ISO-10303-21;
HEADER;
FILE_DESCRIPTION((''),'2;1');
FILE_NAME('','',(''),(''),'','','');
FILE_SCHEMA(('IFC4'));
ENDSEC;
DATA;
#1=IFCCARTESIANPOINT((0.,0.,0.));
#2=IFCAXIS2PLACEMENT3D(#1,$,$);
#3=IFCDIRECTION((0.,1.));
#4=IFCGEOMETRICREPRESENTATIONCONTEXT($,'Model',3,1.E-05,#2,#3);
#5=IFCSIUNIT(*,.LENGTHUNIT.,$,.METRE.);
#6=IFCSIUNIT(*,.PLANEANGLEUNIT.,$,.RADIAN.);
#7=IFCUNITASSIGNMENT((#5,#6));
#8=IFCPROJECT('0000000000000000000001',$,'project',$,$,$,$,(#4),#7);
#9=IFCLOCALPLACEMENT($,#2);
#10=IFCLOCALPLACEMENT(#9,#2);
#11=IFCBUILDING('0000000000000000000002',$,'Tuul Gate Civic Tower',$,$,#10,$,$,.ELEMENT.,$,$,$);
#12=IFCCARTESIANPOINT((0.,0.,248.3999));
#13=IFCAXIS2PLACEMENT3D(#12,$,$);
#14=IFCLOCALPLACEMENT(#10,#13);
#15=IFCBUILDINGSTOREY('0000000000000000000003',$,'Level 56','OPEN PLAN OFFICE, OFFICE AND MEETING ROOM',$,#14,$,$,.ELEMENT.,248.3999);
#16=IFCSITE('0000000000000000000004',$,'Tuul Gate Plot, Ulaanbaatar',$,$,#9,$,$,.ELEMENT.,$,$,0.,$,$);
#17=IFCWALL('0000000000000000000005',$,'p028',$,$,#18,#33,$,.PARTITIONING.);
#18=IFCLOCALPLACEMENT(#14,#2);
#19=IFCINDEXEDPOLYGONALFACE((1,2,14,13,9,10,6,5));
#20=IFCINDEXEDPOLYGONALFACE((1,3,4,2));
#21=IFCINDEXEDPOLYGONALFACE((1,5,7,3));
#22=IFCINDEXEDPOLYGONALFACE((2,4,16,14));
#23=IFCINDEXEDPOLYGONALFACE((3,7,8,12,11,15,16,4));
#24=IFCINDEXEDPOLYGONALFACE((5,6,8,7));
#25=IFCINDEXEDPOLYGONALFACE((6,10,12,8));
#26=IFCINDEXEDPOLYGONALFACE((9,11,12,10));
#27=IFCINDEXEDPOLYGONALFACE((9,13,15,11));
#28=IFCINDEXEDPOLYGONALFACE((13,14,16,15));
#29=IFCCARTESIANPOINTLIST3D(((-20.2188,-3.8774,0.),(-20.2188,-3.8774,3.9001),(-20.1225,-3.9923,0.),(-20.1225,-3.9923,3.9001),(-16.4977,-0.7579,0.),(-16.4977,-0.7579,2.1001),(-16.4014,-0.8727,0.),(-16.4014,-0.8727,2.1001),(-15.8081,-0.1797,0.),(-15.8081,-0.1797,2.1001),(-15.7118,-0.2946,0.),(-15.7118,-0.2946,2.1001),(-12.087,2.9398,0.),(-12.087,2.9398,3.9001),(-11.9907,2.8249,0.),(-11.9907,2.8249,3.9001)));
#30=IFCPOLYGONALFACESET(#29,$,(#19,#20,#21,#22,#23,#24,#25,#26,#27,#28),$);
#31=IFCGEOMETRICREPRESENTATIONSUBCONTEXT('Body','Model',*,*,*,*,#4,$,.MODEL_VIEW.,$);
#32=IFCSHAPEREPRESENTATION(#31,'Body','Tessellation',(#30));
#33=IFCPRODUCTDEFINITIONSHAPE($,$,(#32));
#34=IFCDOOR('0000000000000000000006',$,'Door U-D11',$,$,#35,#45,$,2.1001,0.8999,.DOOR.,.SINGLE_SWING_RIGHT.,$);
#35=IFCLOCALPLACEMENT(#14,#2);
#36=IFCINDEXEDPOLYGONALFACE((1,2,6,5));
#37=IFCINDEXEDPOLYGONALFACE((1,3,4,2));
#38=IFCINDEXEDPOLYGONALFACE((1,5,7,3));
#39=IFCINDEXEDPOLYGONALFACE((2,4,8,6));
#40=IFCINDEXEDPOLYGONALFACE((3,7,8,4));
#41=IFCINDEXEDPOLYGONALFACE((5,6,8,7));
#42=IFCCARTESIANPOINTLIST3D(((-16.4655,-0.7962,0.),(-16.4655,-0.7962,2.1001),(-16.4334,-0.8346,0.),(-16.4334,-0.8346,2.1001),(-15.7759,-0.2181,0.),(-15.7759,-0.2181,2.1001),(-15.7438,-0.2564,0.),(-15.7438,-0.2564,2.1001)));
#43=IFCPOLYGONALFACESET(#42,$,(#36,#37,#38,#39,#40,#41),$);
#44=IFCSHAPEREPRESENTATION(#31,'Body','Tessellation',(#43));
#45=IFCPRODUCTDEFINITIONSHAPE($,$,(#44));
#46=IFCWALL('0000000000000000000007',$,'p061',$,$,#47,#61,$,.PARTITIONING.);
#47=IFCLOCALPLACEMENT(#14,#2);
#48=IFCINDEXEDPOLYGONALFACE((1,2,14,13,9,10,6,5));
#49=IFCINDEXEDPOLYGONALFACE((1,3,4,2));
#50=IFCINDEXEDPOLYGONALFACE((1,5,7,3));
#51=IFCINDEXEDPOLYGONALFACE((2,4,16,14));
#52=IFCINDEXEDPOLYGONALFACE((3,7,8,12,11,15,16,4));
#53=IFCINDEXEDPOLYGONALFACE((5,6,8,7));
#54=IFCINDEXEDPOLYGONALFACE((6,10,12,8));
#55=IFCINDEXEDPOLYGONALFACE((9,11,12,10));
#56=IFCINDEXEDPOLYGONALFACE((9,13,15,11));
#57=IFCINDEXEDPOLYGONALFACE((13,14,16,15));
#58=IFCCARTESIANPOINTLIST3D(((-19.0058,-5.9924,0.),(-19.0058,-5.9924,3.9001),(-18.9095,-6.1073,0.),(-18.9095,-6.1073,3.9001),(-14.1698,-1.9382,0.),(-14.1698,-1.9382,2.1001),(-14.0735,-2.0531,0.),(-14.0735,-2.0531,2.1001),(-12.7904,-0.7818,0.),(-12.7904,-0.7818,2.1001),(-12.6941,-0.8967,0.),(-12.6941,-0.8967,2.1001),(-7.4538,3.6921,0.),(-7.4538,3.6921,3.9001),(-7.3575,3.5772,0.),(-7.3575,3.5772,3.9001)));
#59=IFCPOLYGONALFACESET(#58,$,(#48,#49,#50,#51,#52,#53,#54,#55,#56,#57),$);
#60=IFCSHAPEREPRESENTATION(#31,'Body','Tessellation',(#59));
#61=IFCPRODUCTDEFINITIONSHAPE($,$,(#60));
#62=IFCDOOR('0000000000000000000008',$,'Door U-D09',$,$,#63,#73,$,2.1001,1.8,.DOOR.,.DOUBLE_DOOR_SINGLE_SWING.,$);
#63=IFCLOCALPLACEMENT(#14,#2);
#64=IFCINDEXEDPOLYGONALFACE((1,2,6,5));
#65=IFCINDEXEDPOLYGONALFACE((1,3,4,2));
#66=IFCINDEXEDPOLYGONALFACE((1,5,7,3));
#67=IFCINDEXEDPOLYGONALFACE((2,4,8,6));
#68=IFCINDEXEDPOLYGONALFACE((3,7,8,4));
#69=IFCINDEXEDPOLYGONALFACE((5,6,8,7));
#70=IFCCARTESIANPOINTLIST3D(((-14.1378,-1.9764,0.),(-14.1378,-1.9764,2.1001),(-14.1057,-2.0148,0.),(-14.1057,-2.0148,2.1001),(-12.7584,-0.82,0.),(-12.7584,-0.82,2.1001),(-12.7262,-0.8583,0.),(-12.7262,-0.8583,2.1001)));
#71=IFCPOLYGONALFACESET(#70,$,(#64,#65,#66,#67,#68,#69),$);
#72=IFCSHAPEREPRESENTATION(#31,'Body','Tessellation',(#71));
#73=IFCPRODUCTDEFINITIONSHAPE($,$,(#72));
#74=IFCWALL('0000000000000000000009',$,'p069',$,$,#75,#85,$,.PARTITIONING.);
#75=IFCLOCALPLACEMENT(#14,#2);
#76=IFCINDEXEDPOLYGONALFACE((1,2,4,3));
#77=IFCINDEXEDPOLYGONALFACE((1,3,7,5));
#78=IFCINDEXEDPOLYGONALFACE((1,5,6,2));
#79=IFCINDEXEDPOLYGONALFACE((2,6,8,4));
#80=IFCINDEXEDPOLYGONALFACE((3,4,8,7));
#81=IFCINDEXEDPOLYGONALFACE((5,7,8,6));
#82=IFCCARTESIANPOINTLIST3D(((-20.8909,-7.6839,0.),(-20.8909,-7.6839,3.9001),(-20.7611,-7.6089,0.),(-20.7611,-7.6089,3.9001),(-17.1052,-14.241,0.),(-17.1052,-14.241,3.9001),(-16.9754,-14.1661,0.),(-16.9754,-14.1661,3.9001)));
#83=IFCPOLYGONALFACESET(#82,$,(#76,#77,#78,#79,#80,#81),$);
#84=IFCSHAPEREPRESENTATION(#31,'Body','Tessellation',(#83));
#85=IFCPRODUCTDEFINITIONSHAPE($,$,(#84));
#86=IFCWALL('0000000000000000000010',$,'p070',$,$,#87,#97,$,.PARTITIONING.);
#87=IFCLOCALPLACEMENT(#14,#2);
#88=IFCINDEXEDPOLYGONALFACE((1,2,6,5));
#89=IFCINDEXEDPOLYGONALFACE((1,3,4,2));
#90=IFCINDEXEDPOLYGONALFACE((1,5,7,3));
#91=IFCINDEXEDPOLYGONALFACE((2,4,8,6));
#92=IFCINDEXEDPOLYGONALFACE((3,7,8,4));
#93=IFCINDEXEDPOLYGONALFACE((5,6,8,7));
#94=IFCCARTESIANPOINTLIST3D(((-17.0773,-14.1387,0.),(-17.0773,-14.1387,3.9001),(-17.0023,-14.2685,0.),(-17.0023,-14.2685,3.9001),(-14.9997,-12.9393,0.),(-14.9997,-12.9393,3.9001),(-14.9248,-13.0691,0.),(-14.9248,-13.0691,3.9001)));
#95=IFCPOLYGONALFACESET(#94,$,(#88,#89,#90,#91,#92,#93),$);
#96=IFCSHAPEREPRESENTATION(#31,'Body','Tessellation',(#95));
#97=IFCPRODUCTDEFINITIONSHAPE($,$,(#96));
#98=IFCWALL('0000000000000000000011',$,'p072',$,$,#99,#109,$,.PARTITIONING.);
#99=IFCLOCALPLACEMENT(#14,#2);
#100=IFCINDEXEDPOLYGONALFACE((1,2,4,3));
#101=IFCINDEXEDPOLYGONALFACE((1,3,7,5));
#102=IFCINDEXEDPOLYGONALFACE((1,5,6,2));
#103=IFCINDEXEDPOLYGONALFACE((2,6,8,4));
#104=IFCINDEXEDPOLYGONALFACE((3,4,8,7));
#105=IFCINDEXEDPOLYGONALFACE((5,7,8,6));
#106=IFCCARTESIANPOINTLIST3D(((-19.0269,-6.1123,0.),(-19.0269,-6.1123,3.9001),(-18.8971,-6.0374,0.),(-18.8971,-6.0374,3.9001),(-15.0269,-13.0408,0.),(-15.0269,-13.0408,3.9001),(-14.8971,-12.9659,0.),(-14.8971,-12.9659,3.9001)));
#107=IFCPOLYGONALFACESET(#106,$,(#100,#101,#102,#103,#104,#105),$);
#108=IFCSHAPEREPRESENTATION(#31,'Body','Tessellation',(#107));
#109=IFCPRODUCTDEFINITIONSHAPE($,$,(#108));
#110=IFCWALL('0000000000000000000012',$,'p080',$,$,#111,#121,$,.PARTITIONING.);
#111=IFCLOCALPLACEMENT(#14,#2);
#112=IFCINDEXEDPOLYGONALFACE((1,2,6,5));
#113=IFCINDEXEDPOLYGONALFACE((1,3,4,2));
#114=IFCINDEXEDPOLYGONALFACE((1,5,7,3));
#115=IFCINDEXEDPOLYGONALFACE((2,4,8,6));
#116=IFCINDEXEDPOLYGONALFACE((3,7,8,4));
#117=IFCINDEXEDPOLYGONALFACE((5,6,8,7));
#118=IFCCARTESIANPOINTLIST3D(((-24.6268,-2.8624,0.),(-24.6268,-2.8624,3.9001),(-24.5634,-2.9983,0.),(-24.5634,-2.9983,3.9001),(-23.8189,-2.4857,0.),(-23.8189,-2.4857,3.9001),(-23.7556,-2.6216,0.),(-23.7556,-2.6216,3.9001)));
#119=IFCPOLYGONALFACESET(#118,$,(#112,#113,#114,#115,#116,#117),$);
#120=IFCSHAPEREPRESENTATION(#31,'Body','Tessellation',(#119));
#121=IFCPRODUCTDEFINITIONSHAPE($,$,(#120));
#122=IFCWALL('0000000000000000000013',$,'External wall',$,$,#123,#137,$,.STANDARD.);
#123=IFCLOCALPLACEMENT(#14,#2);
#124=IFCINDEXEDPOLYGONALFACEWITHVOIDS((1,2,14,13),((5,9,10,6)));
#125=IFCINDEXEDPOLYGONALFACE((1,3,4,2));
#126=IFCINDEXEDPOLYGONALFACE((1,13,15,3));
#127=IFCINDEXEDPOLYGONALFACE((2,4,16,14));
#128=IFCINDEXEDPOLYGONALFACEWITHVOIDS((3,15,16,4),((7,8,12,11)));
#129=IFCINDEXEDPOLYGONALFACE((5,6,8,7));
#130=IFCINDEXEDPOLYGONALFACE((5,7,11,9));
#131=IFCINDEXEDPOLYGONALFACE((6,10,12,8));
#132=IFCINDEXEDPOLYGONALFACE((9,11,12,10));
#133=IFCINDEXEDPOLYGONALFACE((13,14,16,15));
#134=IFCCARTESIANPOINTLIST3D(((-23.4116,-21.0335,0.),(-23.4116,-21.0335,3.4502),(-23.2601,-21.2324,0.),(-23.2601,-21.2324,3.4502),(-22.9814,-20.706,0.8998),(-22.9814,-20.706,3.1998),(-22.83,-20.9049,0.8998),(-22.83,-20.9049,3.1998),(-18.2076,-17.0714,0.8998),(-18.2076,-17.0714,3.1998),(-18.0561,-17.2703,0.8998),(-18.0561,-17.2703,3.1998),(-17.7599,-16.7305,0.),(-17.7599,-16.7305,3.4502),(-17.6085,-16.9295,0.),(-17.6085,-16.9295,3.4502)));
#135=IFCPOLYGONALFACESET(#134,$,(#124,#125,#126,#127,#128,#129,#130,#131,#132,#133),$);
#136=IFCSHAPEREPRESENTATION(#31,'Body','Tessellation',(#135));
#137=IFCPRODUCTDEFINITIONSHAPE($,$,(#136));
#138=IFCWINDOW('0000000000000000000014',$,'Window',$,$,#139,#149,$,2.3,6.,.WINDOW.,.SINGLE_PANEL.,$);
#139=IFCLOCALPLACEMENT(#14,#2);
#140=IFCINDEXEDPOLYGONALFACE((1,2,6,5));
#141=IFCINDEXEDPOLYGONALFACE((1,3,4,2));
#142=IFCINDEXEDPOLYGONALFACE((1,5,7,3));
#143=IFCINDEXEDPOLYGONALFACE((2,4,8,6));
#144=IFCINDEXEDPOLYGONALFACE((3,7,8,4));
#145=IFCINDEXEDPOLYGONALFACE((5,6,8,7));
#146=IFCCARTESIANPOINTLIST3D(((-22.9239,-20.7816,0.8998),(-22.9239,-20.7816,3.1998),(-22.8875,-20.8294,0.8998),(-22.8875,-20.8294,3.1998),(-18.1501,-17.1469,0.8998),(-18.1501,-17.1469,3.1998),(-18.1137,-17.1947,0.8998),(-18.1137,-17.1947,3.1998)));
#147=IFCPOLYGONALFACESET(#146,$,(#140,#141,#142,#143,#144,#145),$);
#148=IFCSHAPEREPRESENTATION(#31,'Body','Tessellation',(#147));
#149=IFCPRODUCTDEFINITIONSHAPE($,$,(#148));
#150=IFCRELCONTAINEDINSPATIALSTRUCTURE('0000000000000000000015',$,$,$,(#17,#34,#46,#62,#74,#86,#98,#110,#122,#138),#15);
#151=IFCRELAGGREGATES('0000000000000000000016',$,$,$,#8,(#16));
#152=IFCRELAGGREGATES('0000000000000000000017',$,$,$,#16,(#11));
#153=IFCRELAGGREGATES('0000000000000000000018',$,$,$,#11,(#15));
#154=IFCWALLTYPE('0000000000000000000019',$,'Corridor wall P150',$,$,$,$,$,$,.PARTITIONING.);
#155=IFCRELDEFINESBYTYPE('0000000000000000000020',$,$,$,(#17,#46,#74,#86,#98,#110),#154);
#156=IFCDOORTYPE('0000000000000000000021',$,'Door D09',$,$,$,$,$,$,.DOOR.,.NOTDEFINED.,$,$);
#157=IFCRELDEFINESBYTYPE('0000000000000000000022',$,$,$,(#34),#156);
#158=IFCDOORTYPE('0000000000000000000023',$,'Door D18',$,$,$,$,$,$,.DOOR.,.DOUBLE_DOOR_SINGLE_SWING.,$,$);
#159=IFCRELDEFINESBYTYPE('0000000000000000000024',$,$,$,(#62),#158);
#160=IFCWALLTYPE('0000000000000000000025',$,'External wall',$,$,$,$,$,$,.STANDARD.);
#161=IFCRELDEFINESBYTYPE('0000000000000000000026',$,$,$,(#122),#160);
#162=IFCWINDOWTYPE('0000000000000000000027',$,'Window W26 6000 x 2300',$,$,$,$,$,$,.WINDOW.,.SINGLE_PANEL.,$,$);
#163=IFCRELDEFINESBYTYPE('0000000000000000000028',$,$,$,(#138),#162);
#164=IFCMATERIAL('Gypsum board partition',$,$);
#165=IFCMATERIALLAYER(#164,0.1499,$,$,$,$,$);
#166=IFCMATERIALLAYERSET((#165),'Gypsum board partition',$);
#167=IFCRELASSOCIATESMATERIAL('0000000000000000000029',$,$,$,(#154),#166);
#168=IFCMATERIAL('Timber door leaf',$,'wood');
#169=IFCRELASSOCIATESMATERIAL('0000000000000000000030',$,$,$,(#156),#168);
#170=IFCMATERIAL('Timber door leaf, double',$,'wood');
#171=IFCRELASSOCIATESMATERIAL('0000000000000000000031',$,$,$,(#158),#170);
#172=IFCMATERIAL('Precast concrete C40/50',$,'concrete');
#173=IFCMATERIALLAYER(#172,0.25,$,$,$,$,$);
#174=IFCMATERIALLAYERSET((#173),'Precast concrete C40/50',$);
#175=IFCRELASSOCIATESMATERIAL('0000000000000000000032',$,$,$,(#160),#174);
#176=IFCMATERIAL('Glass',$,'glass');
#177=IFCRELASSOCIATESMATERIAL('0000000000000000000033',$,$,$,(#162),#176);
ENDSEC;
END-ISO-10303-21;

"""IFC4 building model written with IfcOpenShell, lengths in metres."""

from ifc_helpers import new_model, si_unit, direction, frame, frame_2d, origin, place, context, subcontext, project, spatial, rectangle, extrude, material, layer, layer_set, type_object, element, fill, save


model = new_model("IFC4")

# Units and contexts
model_context = context("Model", 3, precision=1e-05, world=origin(), true_north=direction((0.0, 1.0)))
body_context = subcontext(model_context, "Body", "Model", "MODEL_VIEW")
ifc_project = project(units=[si_unit("LENGTHUNIT", "METRE"), si_unit("PLANEANGLEUNIT", "RADIAN")], contexts=[model_context])

# Site, building, storey
site_placement = place(None, origin())
site = spatial("IfcSite", under=ifc_project, at=site_placement, Name="Tuul Gate Plot, Ulaanbaatar", CompositionType="ELEMENT", RefElevation=0.0)
building_placement = place(site_placement, origin())
building = spatial("IfcBuilding", under=site, at=building_placement, Name="Tuul Gate Civic Tower", CompositionType="ELEMENT")
storey_placement = place(building_placement, frame((0.0, 0.0, 248.3999)))
storey = spatial("IfcBuildingStorey", under=building, at=storey_placement, Name="Level 56", Description="OPEN PLAN OFFICE, OFFICE AND MEETING ROOM", CompositionType="ELEMENT", Elevation=248.3999)

# Walls, openings, doors
ifc_material_1 = material(Name="Gypsum board partition")
ifc_layer_1 = layer(ifc_material_1, 0.1499)
ifc_layer_set_1 = layer_set([ifc_layer_1], Name="Gypsum board partition")
wall_type_1 = type_object("IfcWallType", Name="Corridor wall P150", PredefinedType="PARTITIONING", material=ifc_layer_set_1)
wall_1_placement = place(storey_placement, frame((-20.1707, -3.9348, 0.0), z_axis=(0.0, 0.0, 1.0), x_axis=(0.766336, 0.64244, 0.0)))
wall_1 = element("IfcWall", 1, at=wall_1_placement, inside=storey, type_object=wall_type_1, Name="p028", PredefinedType="PARTITIONING", context=body_context, shape_type="SweptSolid", body=[
    extrude(rectangle(XDim=10.6113, YDim=0.1499, at=frame_2d((5.3057, 0.0))), origin(), (0.0, 0.0, 1.0), 3.9001),
])
opening_1_placement = place(wall_1_placement, frame((4.8557, 0.0, 0.0)))
opening_1 = element("IfcOpeningElement", 2, at=opening_1_placement, cuts=wall_1, PredefinedType="OPENING", context=body_context, shape_type="SweptSolid", body=[
    extrude(rectangle(XDim=0.8999, YDim=2.1001, at=frame_2d((0.45, 1.05))), frame((0.0, 0.085, 0.0), z_axis=(0.0, -1.0, 0.0), x_axis=(1.0, 0.0, 0.0)), (0.0, 0.0, 1.0), 0.1699),
])
ifc_material_2 = material(Name="Timber door leaf", Category="wood")
door_type_1 = type_object("IfcDoorType", Name="Door D09", OperationType="NOTDEFINED", PredefinedType="DOOR", material=ifc_material_2)
door_1_placement = place(opening_1_placement, origin())
door_1 = element("IfcDoor", 3, at=door_1_placement, inside=storey, type_object=door_type_1, Name="Door U-D11", OperationType="SINGLE_SWING_RIGHT", OverallHeight=2.1001, OverallWidth=0.8999, PredefinedType="DOOR", context=body_context, shape_type="SweptSolid", body=[
    extrude(rectangle(XDim=0.8999, YDim=2.1001, at=frame_2d((0.45, 1.05))), frame((0.0, 0.0249, 0.0), z_axis=(0.0, -1.0, 0.0), x_axis=(1.0, 0.0, 0.0)), (0.0, 0.0, 1.0), 0.05),
])
fill(opening_1, door_1)
wall_2_placement = place(storey_placement, frame((-18.9575, -6.0498, 0.0), z_axis=(0.0, 0.0, 1.0), x_axis=(0.766329, 0.642448, 0.0)))
wall_2 = element("IfcWall", 4, at=wall_2_placement, inside=storey, type_object=wall_type_1, Name="p061", PredefinedType="PARTITIONING", context=body_context, shape_type="SweptSolid", body=[
    extrude(rectangle(XDim=15.0745, YDim=0.1499, at=frame_2d((7.5371, 0.0))), origin(), (0.0, 0.0, 1.0), 3.9001),
])
opening_2_placement = place(wall_2_placement, frame((6.3105, 0.0, 0.0)))
opening_2 = element("IfcOpeningElement", 5, at=opening_2_placement, cuts=wall_2, PredefinedType="OPENING", context=body_context, shape_type="SweptSolid", body=[
    extrude(rectangle(XDim=1.8, YDim=2.1001, at=frame_2d((0.8999, 1.05))), frame((0.0, 0.085, 0.0), z_axis=(0.0, -1.0, 0.0), x_axis=(1.0, 0.0, 0.0)), (0.0, 0.0, 1.0), 0.1699),
])
ifc_material_3 = material(Name="Timber door leaf, double", Category="wood")
door_type_2 = type_object("IfcDoorType", Name="Door D18", OperationType="DOUBLE_DOOR_SINGLE_SWING", PredefinedType="DOOR", material=ifc_material_3)
door_2_placement = place(opening_2_placement, frame((1.8, 0.0, 0.0), z_axis=(0.0, 0.0, 1.0), x_axis=(-1.0, 0.0, 0.0)))
door_2 = element("IfcDoor", 6, at=door_2_placement, inside=storey, type_object=door_type_2, Name="Door U-D09", OperationType="DOUBLE_DOOR_SINGLE_SWING", OverallHeight=2.1001, OverallWidth=1.8, PredefinedType="DOOR", context=body_context, shape_type="SweptSolid", body=[
    extrude(rectangle(XDim=1.8, YDim=2.1001, at=frame_2d((0.9001, 1.05))), frame((0.0, 0.0249, 0.0), z_axis=(0.0, -1.0, 0.0), x_axis=(1.0, 0.0, 0.0)), (0.0, 0.0, 1.0), 0.05),
])
fill(opening_2, door_2)

# Walls
wall_3_placement = place(storey_placement, frame((-20.8259, -7.6465, 0.0), z_axis=(0.0, 0.0, 1.0), x_axis=(0.499989, -0.866032, 0.0)))
element("IfcWall", 7, at=wall_3_placement, inside=storey, type_object=wall_type_1, Name="p069", PredefinedType="PARTITIONING", context=body_context, shape_type="SweptSolid", body=[
    extrude(rectangle(XDim=7.5715, YDim=0.1499, at=frame_2d((3.7856, 0.0))), origin(), (0.0, 0.0, 1.0), 3.9001),
])
wall_4_placement = place(storey_placement, frame((-17.0398, -14.2036, 0.0), z_axis=(0.0, 0.0, 1.0), x_axis=(0.866036, 0.499981, 0.0)))
element("IfcWall", 8, at=wall_4_placement, inside=storey, type_object=wall_type_1, Name="p070", PredefinedType="PARTITIONING", context=body_context, shape_type="SweptSolid", body=[
    extrude(rectangle(XDim=2.3989, YDim=0.1499, at=frame_2d((1.1995, 0.0))), origin(), (0.0, 0.0, 1.0), 3.9001),
])
wall_5_placement = place(storey_placement, frame((-18.9619, -6.075, 0.0), z_axis=(0.0, 0.0, 1.0), x_axis=(0.499986, -0.866034, 0.0)))
element("IfcWall", 9, at=wall_5_placement, inside=storey, type_object=wall_type_1, Name="p072", PredefinedType="PARTITIONING", context=body_context, shape_type="SweptSolid", body=[
    extrude(rectangle(XDim=8.0002, YDim=0.1499, at=frame_2d((4.0, 0.0))), origin(), (0.0, 0.0, 1.0), 3.9001),
])
wall_6_placement = place(storey_placement, frame((-24.5952, -2.9304, 0.0), z_axis=(0.0, 0.0, 1.0), x_axis=(0.906309, 0.422616, 0.0)))
element("IfcWall", 10, at=wall_6_placement, inside=storey, type_object=wall_type_1, Name="p080", PredefinedType="PARTITIONING", context=body_context, shape_type="SweptSolid", body=[
    extrude(rectangle(XDim=0.8914, YDim=0.1499, at=frame_2d((0.4458, 0.0))), origin(), (0.0, 0.0, 1.0), 3.9001),
])

# Wall, opening, window
ifc_material_4 = material(Name="Precast concrete C40/50", Category="concrete")
ifc_layer_2 = layer(ifc_material_4, 0.25)
ifc_layer_set_2 = layer_set([ifc_layer_2], Name="Precast concrete C40/50")
wall_type_2 = type_object("IfcWallType", Name="External wall", PredefinedType="STANDARD", material=ifc_layer_set_2)
wall_7_placement = place(storey_placement, frame((-23.3359, -21.1331, 0.0), z_axis=(0.0, 0.0, 1.0), x_axis=(0.795636, 0.605775, 0.0)))
wall_7 = element("IfcWall", 11, at=wall_7_placement, inside=storey, type_object=wall_type_2, Name="External wall", PredefinedType="STANDARD", context=body_context, shape_type="SweptSolid", body=[
    extrude(rectangle(XDim=7.1033, YDim=0.25, at=frame_2d((3.5518, 0.0))), origin(), (0.0, 0.0, 1.0), 3.4502),
])
opening_3_placement = place(wall_7_placement, frame((0.5408, 0.0, 0.8999)))
opening_3 = element("IfcOpeningElement", 12, at=opening_3_placement, cuts=wall_7, PredefinedType="OPENING", context=body_context, shape_type="SweptSolid", body=[
    extrude(rectangle(XDim=6.0, YDim=2.3, at=frame_2d((3.0, 1.1499))), frame((0.0, 0.135, 0.0), z_axis=(0.0, -1.0, 0.0), x_axis=(1.0, 0.0, 0.0)), (0.0, 0.0, 1.0), 0.27),
])
ifc_material_5 = material(Name="Glass", Category="glass")
window_type = type_object("IfcWindowType", Name="Window W26 6000 x 2300", PartitioningType="SINGLE_PANEL", PredefinedType="WINDOW", material=ifc_material_5)
window_1_placement = place(opening_3_placement, origin())
window_1 = element("IfcWindow", 13, at=window_1_placement, inside=storey, type_object=window_type, Name="Window", OverallHeight=2.3, OverallWidth=6.0, PartitioningType="SINGLE_PANEL", PredefinedType="WINDOW", context=body_context, shape_type="SweptSolid", body=[
    extrude(rectangle(XDim=6.0, YDim=2.3, at=frame_2d((3.0, 1.1499))), frame((0.0, 0.03, 0.0), z_axis=(0.0, -1.0, 0.0), x_axis=(1.0, 0.0, 0.0)), (0.0, 0.0, 1.0), 0.0601),
])
fill(opening_3, window_1)

save(model, "model.ifc")
